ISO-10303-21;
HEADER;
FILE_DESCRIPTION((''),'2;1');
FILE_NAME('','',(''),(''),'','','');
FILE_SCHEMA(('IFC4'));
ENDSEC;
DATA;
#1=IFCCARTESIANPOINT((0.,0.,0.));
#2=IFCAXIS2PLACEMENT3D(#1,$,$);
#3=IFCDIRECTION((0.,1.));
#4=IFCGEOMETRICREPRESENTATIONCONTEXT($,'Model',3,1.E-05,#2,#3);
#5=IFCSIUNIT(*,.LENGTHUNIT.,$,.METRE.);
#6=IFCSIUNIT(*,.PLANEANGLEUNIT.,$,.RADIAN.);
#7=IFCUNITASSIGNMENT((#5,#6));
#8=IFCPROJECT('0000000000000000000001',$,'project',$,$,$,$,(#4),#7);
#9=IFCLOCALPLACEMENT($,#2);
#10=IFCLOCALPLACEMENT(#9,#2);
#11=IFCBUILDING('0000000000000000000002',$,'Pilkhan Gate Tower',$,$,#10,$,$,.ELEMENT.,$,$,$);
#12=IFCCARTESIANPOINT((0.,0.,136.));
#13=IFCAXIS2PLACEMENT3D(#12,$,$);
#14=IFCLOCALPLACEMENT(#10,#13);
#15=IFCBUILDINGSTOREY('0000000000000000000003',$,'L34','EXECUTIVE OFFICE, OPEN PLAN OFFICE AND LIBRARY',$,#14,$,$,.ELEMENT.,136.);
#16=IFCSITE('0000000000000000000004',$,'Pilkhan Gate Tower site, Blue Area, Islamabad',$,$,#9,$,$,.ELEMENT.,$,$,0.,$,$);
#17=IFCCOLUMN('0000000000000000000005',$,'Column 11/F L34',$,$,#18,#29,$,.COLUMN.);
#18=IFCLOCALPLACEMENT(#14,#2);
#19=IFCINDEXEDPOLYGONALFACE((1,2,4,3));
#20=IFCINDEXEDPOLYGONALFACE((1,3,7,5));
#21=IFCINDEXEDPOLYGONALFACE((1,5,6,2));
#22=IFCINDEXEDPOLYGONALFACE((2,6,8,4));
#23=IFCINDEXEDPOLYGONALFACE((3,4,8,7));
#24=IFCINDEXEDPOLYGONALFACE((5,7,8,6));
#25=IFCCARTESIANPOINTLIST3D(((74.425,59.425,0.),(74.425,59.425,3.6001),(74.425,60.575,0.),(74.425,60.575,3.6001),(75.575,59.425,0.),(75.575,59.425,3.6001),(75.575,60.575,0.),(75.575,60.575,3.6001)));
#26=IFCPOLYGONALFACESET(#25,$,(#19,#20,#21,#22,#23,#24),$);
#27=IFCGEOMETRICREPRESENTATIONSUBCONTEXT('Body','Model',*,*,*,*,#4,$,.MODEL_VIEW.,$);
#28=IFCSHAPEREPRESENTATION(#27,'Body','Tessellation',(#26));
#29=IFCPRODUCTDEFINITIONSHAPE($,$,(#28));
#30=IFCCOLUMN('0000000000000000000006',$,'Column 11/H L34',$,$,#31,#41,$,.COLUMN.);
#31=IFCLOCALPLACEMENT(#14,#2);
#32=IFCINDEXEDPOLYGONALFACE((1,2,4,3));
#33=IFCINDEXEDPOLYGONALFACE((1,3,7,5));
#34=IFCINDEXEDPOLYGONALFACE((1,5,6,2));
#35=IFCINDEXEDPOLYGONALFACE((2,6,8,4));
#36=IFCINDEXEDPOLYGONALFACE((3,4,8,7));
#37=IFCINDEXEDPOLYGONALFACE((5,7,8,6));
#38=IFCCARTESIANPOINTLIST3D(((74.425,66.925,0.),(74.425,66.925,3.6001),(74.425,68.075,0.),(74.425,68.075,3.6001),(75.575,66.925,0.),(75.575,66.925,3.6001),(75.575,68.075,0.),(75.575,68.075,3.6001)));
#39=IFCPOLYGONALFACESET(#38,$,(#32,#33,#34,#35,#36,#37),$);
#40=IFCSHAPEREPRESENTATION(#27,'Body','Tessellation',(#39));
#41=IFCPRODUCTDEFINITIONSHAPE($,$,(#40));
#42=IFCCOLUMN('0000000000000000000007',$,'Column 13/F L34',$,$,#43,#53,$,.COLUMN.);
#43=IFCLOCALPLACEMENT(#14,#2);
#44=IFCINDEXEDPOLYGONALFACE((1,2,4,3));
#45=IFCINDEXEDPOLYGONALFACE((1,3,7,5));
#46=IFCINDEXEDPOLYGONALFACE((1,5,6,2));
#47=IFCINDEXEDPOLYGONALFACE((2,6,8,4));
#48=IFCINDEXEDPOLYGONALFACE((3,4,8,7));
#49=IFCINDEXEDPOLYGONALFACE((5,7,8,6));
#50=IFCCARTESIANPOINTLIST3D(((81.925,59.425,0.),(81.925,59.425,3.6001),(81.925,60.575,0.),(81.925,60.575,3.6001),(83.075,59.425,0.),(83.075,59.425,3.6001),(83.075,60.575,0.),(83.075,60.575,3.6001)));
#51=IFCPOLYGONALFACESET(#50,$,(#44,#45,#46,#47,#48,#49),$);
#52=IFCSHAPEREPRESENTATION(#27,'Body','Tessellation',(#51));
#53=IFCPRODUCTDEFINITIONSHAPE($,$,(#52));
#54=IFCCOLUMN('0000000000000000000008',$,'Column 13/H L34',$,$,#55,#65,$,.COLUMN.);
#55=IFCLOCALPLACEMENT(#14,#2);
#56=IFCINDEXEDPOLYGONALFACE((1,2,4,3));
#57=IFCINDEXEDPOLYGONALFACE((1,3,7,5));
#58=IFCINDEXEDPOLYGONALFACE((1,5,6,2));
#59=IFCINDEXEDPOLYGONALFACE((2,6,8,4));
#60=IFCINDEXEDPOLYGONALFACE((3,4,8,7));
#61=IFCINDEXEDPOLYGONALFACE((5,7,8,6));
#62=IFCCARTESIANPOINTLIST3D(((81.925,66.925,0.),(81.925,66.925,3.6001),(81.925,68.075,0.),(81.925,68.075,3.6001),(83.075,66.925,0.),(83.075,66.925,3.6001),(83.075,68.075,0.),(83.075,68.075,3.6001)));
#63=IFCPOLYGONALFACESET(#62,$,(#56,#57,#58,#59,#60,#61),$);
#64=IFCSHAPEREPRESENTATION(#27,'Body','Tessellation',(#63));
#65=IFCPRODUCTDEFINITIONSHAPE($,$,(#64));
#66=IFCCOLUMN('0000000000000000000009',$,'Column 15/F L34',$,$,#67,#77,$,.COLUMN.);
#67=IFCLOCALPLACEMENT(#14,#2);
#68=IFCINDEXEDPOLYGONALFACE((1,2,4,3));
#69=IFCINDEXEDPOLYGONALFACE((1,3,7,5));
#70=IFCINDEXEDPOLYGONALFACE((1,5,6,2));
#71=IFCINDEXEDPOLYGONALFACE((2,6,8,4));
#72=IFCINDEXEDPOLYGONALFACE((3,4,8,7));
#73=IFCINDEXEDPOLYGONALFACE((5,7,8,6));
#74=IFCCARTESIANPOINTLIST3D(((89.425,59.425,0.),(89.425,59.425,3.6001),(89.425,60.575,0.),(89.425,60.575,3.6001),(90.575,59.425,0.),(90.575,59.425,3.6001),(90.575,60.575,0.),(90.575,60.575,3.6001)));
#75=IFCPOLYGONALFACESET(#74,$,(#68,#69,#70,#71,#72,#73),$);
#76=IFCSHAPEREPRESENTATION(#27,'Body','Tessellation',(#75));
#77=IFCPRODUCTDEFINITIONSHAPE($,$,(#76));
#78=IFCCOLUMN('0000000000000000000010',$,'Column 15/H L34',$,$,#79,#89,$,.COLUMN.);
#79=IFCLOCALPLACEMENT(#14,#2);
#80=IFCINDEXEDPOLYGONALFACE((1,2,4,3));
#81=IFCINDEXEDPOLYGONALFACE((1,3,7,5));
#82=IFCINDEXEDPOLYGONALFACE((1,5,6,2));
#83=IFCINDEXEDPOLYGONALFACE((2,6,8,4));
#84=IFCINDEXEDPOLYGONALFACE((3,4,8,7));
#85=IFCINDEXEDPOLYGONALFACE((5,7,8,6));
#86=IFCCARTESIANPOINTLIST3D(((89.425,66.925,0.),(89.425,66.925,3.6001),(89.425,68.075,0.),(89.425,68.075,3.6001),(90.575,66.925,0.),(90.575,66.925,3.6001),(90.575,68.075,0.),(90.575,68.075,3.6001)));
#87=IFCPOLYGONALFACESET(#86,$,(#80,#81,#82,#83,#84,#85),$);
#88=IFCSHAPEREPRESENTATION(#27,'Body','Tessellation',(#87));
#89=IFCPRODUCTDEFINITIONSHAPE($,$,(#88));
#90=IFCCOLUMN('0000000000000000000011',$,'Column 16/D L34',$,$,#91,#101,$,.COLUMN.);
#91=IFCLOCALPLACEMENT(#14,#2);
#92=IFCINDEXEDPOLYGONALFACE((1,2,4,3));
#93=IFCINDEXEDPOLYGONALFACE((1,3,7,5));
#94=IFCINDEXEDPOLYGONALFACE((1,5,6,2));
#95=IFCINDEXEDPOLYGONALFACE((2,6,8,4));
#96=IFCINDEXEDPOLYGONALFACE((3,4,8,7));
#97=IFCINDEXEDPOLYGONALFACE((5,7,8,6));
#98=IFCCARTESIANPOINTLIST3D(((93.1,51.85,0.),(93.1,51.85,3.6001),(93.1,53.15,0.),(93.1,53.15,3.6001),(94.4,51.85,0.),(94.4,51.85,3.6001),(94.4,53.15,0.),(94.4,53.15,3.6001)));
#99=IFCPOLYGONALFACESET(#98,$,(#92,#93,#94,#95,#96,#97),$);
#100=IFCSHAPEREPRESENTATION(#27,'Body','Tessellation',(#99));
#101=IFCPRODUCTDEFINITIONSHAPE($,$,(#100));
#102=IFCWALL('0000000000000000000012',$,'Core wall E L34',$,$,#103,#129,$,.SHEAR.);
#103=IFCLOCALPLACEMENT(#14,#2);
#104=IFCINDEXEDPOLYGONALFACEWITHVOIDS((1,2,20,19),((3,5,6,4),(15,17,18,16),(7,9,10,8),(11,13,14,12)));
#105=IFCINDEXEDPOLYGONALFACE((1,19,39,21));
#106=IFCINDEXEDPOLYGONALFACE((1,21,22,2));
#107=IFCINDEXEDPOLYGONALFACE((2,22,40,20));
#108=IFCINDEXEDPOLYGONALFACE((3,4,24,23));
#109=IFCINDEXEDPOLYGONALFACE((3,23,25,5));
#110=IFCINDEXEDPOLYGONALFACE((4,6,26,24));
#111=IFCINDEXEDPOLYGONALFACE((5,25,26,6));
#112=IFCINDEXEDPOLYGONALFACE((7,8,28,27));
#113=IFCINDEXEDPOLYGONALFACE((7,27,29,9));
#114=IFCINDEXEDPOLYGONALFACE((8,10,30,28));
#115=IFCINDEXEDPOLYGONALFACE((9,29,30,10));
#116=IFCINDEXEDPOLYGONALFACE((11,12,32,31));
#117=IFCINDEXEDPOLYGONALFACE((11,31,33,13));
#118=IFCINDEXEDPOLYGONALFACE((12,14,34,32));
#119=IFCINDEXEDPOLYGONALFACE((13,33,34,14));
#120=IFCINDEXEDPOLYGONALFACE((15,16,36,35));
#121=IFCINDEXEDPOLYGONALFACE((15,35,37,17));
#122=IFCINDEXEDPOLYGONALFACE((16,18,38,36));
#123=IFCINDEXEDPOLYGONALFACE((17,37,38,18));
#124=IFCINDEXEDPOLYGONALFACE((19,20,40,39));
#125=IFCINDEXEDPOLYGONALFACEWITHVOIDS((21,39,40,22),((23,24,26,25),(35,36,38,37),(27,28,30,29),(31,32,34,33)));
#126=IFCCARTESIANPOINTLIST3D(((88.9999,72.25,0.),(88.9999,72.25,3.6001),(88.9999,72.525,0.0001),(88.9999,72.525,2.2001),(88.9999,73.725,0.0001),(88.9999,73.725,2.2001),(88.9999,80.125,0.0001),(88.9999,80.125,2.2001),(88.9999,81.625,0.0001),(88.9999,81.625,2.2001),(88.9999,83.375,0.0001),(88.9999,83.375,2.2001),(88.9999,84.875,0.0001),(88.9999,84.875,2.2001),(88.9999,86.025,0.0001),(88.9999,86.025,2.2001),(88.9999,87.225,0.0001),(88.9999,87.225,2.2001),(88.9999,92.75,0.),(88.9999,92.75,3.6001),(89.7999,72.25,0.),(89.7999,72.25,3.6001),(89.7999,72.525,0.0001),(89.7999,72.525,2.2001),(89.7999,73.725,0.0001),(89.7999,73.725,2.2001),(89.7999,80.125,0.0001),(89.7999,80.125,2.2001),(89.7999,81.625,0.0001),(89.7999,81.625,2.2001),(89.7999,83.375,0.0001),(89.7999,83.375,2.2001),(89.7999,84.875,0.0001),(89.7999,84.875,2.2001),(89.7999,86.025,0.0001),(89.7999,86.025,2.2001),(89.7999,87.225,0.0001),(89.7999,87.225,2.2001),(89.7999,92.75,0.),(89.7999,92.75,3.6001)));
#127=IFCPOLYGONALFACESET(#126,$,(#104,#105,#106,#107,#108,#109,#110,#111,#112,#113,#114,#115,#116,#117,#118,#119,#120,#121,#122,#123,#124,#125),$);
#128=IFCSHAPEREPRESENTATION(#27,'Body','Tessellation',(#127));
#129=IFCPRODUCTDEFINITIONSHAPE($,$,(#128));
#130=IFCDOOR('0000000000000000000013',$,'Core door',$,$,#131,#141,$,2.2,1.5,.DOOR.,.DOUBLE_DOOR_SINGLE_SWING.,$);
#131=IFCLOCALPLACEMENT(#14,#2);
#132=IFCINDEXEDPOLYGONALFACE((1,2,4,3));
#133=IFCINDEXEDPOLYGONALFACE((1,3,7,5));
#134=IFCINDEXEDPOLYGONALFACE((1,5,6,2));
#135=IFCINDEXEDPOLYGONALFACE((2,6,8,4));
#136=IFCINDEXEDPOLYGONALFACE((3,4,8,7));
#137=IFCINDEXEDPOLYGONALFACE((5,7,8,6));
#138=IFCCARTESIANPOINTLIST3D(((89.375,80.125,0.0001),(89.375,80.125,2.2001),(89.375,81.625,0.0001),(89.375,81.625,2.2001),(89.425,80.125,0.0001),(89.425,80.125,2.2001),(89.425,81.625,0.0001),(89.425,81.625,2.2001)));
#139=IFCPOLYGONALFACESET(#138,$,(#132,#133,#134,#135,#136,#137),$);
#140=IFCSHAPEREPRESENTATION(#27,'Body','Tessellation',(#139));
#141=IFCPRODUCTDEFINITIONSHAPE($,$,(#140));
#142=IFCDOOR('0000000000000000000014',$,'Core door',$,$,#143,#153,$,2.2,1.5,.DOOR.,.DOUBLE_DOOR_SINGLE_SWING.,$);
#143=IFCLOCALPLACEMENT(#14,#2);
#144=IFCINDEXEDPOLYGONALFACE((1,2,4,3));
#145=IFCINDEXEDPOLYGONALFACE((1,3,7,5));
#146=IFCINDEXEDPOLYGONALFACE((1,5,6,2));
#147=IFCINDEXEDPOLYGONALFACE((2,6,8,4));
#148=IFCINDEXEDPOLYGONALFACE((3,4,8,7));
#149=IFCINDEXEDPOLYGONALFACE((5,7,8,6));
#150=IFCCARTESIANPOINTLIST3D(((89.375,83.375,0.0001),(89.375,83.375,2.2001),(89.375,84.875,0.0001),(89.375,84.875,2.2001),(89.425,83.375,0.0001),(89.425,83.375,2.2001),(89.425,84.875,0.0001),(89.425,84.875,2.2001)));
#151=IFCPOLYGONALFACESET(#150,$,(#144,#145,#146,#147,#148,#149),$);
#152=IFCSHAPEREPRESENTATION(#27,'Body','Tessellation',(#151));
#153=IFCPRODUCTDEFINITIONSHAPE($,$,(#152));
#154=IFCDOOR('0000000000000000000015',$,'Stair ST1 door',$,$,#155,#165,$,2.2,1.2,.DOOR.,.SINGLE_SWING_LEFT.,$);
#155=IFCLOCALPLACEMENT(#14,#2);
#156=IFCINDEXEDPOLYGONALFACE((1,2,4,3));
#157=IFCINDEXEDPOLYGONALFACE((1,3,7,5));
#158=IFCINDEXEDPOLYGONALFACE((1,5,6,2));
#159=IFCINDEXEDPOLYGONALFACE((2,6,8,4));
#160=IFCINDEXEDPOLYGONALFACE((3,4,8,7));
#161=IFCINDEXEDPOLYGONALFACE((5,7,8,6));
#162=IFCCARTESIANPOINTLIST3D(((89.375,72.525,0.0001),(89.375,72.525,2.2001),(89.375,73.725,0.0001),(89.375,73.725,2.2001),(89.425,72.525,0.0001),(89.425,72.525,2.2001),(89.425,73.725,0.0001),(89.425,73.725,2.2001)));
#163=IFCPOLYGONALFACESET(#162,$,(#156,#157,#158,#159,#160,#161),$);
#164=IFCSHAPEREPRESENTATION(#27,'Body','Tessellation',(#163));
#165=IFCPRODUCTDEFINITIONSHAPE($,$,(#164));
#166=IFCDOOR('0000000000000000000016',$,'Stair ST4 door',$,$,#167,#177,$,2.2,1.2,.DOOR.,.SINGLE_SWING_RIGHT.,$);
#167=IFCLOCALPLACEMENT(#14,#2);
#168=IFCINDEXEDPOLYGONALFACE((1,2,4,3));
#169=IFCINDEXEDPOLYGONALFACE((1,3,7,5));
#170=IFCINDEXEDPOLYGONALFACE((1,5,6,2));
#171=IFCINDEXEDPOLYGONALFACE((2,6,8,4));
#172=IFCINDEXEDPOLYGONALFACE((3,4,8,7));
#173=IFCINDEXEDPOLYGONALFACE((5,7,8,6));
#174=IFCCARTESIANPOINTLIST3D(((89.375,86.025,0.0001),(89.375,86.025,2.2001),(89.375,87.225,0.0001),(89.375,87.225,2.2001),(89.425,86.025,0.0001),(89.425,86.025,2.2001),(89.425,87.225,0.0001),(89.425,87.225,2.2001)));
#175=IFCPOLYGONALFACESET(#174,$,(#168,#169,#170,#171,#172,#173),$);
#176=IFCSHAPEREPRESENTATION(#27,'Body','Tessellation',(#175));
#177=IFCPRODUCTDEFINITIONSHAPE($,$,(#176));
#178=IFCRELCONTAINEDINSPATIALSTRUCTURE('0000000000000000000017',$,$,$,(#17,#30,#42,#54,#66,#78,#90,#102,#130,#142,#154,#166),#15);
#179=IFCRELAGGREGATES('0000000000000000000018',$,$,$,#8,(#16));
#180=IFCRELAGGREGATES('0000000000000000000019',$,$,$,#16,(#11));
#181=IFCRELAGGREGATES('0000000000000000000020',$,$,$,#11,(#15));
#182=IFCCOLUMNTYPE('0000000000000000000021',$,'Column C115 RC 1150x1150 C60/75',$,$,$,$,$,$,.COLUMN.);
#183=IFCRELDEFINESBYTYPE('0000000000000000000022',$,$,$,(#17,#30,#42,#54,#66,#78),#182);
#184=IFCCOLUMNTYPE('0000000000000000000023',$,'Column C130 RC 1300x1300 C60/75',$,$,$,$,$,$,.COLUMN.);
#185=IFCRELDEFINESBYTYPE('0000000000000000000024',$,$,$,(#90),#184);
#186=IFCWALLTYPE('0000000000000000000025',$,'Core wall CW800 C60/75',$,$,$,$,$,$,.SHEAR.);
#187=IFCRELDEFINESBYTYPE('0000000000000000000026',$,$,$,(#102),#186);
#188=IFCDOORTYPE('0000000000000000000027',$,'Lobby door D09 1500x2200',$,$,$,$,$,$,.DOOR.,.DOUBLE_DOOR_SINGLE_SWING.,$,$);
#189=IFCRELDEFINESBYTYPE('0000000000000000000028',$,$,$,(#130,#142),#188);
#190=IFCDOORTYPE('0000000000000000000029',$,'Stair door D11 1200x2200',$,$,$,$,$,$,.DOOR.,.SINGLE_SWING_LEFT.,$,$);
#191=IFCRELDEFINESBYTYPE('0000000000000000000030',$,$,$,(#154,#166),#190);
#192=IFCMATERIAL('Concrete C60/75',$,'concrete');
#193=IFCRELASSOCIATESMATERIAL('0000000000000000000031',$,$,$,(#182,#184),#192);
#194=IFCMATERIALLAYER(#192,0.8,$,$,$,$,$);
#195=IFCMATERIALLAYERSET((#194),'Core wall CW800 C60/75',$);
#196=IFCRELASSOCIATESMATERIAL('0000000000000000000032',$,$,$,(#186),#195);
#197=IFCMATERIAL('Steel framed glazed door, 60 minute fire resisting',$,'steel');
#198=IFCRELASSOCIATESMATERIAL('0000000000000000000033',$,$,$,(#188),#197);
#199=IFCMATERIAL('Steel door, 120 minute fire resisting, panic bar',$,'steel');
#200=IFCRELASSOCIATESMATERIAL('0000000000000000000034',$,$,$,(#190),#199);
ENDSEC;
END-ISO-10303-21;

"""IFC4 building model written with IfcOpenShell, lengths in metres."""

from ifc_helpers import new_model, si_unit, direction, frame, frame_2d, origin, origin_2d, place, context, subcontext, project, spatial, rectangle, extrude, material, layer, layer_set, material_profile, profile_set, type_object, element, fill, save


model = new_model("IFC4")

# Units and contexts
model_context = context("Model", 3, precision=1e-05, world=origin(), true_north=direction((0.0, 1.0)))
body_context = subcontext(model_context, "Body", "Model", "MODEL_VIEW")
ifc_project = project(units=[si_unit("LENGTHUNIT", "METRE"), si_unit("PLANEANGLEUNIT", "RADIAN")], contexts=[model_context])

# Site, building, storey
site_placement = place(None, origin())
site = spatial("IfcSite", under=ifc_project, at=site_placement, Name="Pilkhan Gate Tower site, Blue Area, Islamabad", CompositionType="ELEMENT", RefElevation=0.0)
building_placement = place(site_placement, origin())
building = spatial("IfcBuilding", under=site, at=building_placement, Name="Pilkhan Gate Tower", CompositionType="ELEMENT")
storey_placement = place(building_placement, frame((0.0, 0.0, 136.0)))
storey = spatial("IfcBuildingStorey", under=building, at=storey_placement, Name="L34", Description="EXECUTIVE OFFICE, OPEN PLAN OFFICE AND LIBRARY", CompositionType="ELEMENT", Elevation=136.0)

# Columns
ifc_material_1 = material(Name="Concrete C60/75", Category="concrete")
ifc_material_profile_1 = material_profile(ifc_material_1, rectangle(XDim=1.1499, YDim=1.1499, at=origin_2d()), Name="RC 1150x1150")
ifc_profile_set_1 = profile_set([ifc_material_profile_1], Name="Concrete C60/75")
column_type_1 = type_object("IfcColumnType", Name="Column C115 RC 1150x1150 C60/75", PredefinedType="COLUMN", material=ifc_profile_set_1)
for number, where, z_axis, x_axis, name in (
    (1, (75.0, 60.0, 0.0), (0.0, 0.0, 1.0), (1.0, 0.0, 0.0), "Column 11/F L34"),
    (2, (75.0, 67.5, 0.0), (0.0, 0.0, 1.0), (1.0, 0.0, 0.0), "Column 11/H L34"),
    (3, (82.5, 60.0, 0.0), (0.0, 0.0, 1.0), (1.0, 0.0, 0.0), "Column 13/F L34"),
    (4, (82.5, 67.5, 0.0), (0.0, 0.0, 1.0), (1.0, 0.0, 0.0), "Column 13/H L34"),
    (5, (90.0, 60.0, 0.0), (0.0, 0.0, 1.0), (1.0, 0.0, 0.0), "Column 15/F L34"),
    (6, (90.0, 67.5, 0.0), (0.0, 0.0, 1.0), (1.0, 0.0, 0.0), "Column 15/H L34"),
):
    element("IfcColumn", number, at=place(storey_placement, frame(where, z_axis=z_axis, x_axis=x_axis)), inside=storey, type_object=column_type_1, Name=name, PredefinedType="COLUMN", context=body_context, shape_type="SweptSolid", body=[
        extrude(rectangle(XDim=1.1499, YDim=1.1499, at=origin_2d()), origin(), (0.0, 0.0, 1.0), 3.6001),
    ])
ifc_material_profile_2 = material_profile(ifc_material_1, rectangle(XDim=1.3, YDim=1.3, at=origin_2d()), Name="RC 1300x1300")
ifc_profile_set_2 = profile_set([ifc_material_profile_2], Name="Concrete C60/75")
column_type_2 = type_object("IfcColumnType", Name="Column C130 RC 1300x1300 C60/75", PredefinedType="COLUMN", material=ifc_profile_set_2)
column_placement = place(storey_placement, frame((93.75, 52.5, 0.0), z_axis=(0.0, 0.0, 1.0), x_axis=(1.0, 0.0, 0.0)))
element("IfcColumn", 7, at=column_placement, inside=storey, type_object=column_type_2, Name="Column 16/D L34", PredefinedType="COLUMN", context=body_context, shape_type="SweptSolid", body=[
    extrude(rectangle(XDim=1.3, YDim=1.3, at=origin_2d()), origin(), (0.0, 0.0, 1.0), 3.6001),
])

# Wall, openings, doors
ifc_layer_1 = layer(ifc_material_1, 0.8)
ifc_layer_set_1 = layer_set([ifc_layer_1], Name="Core wall CW800 C60/75")
wall_type_1 = type_object("IfcWallType", Name="Core wall CW800 C60/75", PredefinedType="SHEAR", material=ifc_layer_set_1)
wall_1_placement = place(storey_placement, frame((89.3999, 72.25, 0.0), z_axis=(0.0, 0.0, 1.0), x_axis=(0.0, 1.0, 0.0)))
wall_1 = element("IfcWall", 8, at=wall_1_placement, inside=storey, type_object=wall_type_1, Name="Core wall E L34", PredefinedType="SHEAR", context=body_context, shape_type="SweptSolid", body=[
    extrude(rectangle(XDim=20.5, YDim=0.8, at=frame_2d((10.25, 0.0))), origin(), (0.0, 0.0, 1.0), 3.6001),
])
opening_1_placement = place(wall_1_placement, frame((0.2749, 0.0, 0.0)))
opening_1 = element("IfcOpeningElement", 9, at=opening_1_placement, cuts=wall_1, PredefinedType="OPENING", context=body_context, shape_type="SweptSolid", body=[
    extrude(rectangle(XDim=1.2, YDim=2.2, at=frame_2d((0.6001, 1.1001))), frame((0.0, 0.4099, 0.0), z_axis=(0.0, -1.0, 0.0), x_axis=(1.0, 0.0, 0.0)), (0.0, 0.0, 1.0), 0.8201),
])
opening_2_placement = place(wall_1_placement, frame((13.7749, 0.0, 0.0)))
opening_2 = element("IfcOpeningElement", 10, at=opening_2_placement, cuts=wall_1, PredefinedType="OPENING", context=body_context, shape_type="SweptSolid", body=[
    extrude(rectangle(XDim=1.2, YDim=2.2, at=frame_2d((0.6001, 1.1001))), frame((0.0, 0.4099, 0.0), z_axis=(0.0, -1.0, 0.0), x_axis=(1.0, 0.0, 0.0)), (0.0, 0.0, 1.0), 0.8201),
])
opening_3_placement = place(wall_1_placement, frame((7.875, 0.0, 0.0)))
opening_3 = element("IfcOpeningElement", 11, at=opening_3_placement, cuts=wall_1, PredefinedType="OPENING", context=body_context, shape_type="SweptSolid", body=[
    extrude(rectangle(XDim=1.5, YDim=2.2, at=frame_2d((0.75, 1.1001))), frame((0.0, 0.4099, 0.0), z_axis=(0.0, -1.0, 0.0), x_axis=(1.0, 0.0, 0.0)), (0.0, 0.0, 1.0), 0.8201),
])
opening_4_placement = place(wall_1_placement, frame((11.125, 0.0, 0.0)))
opening_4 = element("IfcOpeningElement", 12, at=opening_4_placement, cuts=wall_1, PredefinedType="OPENING", context=body_context, shape_type="SweptSolid", body=[
    extrude(rectangle(XDim=1.5, YDim=2.2, at=frame_2d((0.75, 1.1001))), frame((0.0, 0.4099, 0.0), z_axis=(0.0, -1.0, 0.0), x_axis=(1.0, 0.0, 0.0)), (0.0, 0.0, 1.0), 0.8201),
])
ifc_material_2 = material(Name="Steel framed glazed door, 60 minute fire resisting", Category="steel")
door_type_1 = type_object("IfcDoorType", Name="Lobby door D09 1500x2200", OperationType="DOUBLE_DOOR_SINGLE_SWING", PredefinedType="DOOR", material=ifc_material_2)
door_1_placement = place(opening_3_placement, origin())
door_1 = element("IfcDoor", 13, at=door_1_placement, inside=storey, type_object=door_type_1, Name="Core door", OperationType="DOUBLE_DOOR_SINGLE_SWING", OverallHeight=2.2, OverallWidth=1.5, PredefinedType="DOOR", context=body_context, shape_type="SweptSolid", body=[
    extrude(rectangle(XDim=1.5, YDim=2.2, at=frame_2d((0.75, 1.1001))), frame((0.0, 0.0249, 0.0), z_axis=(0.0, -1.0, 0.0), x_axis=(1.0, 0.0, 0.0)), (0.0, 0.0, 1.0), 0.05),
])
fill(opening_3, door_1)
door_2_placement = place(opening_4_placement, origin())
door_2 = element("IfcDoor", 14, at=door_2_placement, inside=storey, type_object=door_type_1, Name="Core door", OperationType="DOUBLE_DOOR_SINGLE_SWING", OverallHeight=2.2, OverallWidth=1.5, PredefinedType="DOOR", context=body_context, shape_type="SweptSolid", body=[
    extrude(rectangle(XDim=1.5, YDim=2.2, at=frame_2d((0.75, 1.1001))), frame((0.0, 0.0249, 0.0), z_axis=(0.0, -1.0, 0.0), x_axis=(1.0, 0.0, 0.0)), (0.0, 0.0, 1.0), 0.05),
])
fill(opening_4, door_2)
ifc_material_3 = material(Name="Steel door, 120 minute fire resisting, panic bar", Category="steel")
door_type_2 = type_object("IfcDoorType", Name="Stair door D11 1200x2200", OperationType="SINGLE_SWING_LEFT", PredefinedType="DOOR", material=ifc_material_3)
door_3_placement = place(opening_1_placement, origin())
door_3 = element("IfcDoor", 15, at=door_3_placement, inside=storey, type_object=door_type_2, Name="Stair ST1 door", OperationType="SINGLE_SWING_LEFT", OverallHeight=2.2, OverallWidth=1.2, PredefinedType="DOOR", context=body_context, shape_type="SweptSolid", body=[
    extrude(rectangle(XDim=1.2, YDim=2.2, at=frame_2d((0.6001, 1.1001))), frame((0.0, 0.0249, 0.0), z_axis=(0.0, -1.0, 0.0), x_axis=(1.0, 0.0, 0.0)), (0.0, 0.0, 1.0), 0.05),
])
fill(opening_1, door_3)
door_4_placement = place(opening_2_placement, origin())
door_4 = element("IfcDoor", 16, at=door_4_placement, inside=storey, type_object=door_type_2, Name="Stair ST4 door", OperationType="SINGLE_SWING_RIGHT", OverallHeight=2.2, OverallWidth=1.2, PredefinedType="DOOR", context=body_context, shape_type="SweptSolid", body=[
    extrude(rectangle(XDim=1.2, YDim=2.2, at=frame_2d((0.6001, 1.1001))), frame((0.0, 0.0249, 0.0), z_axis=(0.0, -1.0, 0.0), x_axis=(1.0, 0.0, 0.0)), (0.0, 0.0, 1.0), 0.05),
])
fill(opening_2, door_4)

save(model, "model.ifc")
